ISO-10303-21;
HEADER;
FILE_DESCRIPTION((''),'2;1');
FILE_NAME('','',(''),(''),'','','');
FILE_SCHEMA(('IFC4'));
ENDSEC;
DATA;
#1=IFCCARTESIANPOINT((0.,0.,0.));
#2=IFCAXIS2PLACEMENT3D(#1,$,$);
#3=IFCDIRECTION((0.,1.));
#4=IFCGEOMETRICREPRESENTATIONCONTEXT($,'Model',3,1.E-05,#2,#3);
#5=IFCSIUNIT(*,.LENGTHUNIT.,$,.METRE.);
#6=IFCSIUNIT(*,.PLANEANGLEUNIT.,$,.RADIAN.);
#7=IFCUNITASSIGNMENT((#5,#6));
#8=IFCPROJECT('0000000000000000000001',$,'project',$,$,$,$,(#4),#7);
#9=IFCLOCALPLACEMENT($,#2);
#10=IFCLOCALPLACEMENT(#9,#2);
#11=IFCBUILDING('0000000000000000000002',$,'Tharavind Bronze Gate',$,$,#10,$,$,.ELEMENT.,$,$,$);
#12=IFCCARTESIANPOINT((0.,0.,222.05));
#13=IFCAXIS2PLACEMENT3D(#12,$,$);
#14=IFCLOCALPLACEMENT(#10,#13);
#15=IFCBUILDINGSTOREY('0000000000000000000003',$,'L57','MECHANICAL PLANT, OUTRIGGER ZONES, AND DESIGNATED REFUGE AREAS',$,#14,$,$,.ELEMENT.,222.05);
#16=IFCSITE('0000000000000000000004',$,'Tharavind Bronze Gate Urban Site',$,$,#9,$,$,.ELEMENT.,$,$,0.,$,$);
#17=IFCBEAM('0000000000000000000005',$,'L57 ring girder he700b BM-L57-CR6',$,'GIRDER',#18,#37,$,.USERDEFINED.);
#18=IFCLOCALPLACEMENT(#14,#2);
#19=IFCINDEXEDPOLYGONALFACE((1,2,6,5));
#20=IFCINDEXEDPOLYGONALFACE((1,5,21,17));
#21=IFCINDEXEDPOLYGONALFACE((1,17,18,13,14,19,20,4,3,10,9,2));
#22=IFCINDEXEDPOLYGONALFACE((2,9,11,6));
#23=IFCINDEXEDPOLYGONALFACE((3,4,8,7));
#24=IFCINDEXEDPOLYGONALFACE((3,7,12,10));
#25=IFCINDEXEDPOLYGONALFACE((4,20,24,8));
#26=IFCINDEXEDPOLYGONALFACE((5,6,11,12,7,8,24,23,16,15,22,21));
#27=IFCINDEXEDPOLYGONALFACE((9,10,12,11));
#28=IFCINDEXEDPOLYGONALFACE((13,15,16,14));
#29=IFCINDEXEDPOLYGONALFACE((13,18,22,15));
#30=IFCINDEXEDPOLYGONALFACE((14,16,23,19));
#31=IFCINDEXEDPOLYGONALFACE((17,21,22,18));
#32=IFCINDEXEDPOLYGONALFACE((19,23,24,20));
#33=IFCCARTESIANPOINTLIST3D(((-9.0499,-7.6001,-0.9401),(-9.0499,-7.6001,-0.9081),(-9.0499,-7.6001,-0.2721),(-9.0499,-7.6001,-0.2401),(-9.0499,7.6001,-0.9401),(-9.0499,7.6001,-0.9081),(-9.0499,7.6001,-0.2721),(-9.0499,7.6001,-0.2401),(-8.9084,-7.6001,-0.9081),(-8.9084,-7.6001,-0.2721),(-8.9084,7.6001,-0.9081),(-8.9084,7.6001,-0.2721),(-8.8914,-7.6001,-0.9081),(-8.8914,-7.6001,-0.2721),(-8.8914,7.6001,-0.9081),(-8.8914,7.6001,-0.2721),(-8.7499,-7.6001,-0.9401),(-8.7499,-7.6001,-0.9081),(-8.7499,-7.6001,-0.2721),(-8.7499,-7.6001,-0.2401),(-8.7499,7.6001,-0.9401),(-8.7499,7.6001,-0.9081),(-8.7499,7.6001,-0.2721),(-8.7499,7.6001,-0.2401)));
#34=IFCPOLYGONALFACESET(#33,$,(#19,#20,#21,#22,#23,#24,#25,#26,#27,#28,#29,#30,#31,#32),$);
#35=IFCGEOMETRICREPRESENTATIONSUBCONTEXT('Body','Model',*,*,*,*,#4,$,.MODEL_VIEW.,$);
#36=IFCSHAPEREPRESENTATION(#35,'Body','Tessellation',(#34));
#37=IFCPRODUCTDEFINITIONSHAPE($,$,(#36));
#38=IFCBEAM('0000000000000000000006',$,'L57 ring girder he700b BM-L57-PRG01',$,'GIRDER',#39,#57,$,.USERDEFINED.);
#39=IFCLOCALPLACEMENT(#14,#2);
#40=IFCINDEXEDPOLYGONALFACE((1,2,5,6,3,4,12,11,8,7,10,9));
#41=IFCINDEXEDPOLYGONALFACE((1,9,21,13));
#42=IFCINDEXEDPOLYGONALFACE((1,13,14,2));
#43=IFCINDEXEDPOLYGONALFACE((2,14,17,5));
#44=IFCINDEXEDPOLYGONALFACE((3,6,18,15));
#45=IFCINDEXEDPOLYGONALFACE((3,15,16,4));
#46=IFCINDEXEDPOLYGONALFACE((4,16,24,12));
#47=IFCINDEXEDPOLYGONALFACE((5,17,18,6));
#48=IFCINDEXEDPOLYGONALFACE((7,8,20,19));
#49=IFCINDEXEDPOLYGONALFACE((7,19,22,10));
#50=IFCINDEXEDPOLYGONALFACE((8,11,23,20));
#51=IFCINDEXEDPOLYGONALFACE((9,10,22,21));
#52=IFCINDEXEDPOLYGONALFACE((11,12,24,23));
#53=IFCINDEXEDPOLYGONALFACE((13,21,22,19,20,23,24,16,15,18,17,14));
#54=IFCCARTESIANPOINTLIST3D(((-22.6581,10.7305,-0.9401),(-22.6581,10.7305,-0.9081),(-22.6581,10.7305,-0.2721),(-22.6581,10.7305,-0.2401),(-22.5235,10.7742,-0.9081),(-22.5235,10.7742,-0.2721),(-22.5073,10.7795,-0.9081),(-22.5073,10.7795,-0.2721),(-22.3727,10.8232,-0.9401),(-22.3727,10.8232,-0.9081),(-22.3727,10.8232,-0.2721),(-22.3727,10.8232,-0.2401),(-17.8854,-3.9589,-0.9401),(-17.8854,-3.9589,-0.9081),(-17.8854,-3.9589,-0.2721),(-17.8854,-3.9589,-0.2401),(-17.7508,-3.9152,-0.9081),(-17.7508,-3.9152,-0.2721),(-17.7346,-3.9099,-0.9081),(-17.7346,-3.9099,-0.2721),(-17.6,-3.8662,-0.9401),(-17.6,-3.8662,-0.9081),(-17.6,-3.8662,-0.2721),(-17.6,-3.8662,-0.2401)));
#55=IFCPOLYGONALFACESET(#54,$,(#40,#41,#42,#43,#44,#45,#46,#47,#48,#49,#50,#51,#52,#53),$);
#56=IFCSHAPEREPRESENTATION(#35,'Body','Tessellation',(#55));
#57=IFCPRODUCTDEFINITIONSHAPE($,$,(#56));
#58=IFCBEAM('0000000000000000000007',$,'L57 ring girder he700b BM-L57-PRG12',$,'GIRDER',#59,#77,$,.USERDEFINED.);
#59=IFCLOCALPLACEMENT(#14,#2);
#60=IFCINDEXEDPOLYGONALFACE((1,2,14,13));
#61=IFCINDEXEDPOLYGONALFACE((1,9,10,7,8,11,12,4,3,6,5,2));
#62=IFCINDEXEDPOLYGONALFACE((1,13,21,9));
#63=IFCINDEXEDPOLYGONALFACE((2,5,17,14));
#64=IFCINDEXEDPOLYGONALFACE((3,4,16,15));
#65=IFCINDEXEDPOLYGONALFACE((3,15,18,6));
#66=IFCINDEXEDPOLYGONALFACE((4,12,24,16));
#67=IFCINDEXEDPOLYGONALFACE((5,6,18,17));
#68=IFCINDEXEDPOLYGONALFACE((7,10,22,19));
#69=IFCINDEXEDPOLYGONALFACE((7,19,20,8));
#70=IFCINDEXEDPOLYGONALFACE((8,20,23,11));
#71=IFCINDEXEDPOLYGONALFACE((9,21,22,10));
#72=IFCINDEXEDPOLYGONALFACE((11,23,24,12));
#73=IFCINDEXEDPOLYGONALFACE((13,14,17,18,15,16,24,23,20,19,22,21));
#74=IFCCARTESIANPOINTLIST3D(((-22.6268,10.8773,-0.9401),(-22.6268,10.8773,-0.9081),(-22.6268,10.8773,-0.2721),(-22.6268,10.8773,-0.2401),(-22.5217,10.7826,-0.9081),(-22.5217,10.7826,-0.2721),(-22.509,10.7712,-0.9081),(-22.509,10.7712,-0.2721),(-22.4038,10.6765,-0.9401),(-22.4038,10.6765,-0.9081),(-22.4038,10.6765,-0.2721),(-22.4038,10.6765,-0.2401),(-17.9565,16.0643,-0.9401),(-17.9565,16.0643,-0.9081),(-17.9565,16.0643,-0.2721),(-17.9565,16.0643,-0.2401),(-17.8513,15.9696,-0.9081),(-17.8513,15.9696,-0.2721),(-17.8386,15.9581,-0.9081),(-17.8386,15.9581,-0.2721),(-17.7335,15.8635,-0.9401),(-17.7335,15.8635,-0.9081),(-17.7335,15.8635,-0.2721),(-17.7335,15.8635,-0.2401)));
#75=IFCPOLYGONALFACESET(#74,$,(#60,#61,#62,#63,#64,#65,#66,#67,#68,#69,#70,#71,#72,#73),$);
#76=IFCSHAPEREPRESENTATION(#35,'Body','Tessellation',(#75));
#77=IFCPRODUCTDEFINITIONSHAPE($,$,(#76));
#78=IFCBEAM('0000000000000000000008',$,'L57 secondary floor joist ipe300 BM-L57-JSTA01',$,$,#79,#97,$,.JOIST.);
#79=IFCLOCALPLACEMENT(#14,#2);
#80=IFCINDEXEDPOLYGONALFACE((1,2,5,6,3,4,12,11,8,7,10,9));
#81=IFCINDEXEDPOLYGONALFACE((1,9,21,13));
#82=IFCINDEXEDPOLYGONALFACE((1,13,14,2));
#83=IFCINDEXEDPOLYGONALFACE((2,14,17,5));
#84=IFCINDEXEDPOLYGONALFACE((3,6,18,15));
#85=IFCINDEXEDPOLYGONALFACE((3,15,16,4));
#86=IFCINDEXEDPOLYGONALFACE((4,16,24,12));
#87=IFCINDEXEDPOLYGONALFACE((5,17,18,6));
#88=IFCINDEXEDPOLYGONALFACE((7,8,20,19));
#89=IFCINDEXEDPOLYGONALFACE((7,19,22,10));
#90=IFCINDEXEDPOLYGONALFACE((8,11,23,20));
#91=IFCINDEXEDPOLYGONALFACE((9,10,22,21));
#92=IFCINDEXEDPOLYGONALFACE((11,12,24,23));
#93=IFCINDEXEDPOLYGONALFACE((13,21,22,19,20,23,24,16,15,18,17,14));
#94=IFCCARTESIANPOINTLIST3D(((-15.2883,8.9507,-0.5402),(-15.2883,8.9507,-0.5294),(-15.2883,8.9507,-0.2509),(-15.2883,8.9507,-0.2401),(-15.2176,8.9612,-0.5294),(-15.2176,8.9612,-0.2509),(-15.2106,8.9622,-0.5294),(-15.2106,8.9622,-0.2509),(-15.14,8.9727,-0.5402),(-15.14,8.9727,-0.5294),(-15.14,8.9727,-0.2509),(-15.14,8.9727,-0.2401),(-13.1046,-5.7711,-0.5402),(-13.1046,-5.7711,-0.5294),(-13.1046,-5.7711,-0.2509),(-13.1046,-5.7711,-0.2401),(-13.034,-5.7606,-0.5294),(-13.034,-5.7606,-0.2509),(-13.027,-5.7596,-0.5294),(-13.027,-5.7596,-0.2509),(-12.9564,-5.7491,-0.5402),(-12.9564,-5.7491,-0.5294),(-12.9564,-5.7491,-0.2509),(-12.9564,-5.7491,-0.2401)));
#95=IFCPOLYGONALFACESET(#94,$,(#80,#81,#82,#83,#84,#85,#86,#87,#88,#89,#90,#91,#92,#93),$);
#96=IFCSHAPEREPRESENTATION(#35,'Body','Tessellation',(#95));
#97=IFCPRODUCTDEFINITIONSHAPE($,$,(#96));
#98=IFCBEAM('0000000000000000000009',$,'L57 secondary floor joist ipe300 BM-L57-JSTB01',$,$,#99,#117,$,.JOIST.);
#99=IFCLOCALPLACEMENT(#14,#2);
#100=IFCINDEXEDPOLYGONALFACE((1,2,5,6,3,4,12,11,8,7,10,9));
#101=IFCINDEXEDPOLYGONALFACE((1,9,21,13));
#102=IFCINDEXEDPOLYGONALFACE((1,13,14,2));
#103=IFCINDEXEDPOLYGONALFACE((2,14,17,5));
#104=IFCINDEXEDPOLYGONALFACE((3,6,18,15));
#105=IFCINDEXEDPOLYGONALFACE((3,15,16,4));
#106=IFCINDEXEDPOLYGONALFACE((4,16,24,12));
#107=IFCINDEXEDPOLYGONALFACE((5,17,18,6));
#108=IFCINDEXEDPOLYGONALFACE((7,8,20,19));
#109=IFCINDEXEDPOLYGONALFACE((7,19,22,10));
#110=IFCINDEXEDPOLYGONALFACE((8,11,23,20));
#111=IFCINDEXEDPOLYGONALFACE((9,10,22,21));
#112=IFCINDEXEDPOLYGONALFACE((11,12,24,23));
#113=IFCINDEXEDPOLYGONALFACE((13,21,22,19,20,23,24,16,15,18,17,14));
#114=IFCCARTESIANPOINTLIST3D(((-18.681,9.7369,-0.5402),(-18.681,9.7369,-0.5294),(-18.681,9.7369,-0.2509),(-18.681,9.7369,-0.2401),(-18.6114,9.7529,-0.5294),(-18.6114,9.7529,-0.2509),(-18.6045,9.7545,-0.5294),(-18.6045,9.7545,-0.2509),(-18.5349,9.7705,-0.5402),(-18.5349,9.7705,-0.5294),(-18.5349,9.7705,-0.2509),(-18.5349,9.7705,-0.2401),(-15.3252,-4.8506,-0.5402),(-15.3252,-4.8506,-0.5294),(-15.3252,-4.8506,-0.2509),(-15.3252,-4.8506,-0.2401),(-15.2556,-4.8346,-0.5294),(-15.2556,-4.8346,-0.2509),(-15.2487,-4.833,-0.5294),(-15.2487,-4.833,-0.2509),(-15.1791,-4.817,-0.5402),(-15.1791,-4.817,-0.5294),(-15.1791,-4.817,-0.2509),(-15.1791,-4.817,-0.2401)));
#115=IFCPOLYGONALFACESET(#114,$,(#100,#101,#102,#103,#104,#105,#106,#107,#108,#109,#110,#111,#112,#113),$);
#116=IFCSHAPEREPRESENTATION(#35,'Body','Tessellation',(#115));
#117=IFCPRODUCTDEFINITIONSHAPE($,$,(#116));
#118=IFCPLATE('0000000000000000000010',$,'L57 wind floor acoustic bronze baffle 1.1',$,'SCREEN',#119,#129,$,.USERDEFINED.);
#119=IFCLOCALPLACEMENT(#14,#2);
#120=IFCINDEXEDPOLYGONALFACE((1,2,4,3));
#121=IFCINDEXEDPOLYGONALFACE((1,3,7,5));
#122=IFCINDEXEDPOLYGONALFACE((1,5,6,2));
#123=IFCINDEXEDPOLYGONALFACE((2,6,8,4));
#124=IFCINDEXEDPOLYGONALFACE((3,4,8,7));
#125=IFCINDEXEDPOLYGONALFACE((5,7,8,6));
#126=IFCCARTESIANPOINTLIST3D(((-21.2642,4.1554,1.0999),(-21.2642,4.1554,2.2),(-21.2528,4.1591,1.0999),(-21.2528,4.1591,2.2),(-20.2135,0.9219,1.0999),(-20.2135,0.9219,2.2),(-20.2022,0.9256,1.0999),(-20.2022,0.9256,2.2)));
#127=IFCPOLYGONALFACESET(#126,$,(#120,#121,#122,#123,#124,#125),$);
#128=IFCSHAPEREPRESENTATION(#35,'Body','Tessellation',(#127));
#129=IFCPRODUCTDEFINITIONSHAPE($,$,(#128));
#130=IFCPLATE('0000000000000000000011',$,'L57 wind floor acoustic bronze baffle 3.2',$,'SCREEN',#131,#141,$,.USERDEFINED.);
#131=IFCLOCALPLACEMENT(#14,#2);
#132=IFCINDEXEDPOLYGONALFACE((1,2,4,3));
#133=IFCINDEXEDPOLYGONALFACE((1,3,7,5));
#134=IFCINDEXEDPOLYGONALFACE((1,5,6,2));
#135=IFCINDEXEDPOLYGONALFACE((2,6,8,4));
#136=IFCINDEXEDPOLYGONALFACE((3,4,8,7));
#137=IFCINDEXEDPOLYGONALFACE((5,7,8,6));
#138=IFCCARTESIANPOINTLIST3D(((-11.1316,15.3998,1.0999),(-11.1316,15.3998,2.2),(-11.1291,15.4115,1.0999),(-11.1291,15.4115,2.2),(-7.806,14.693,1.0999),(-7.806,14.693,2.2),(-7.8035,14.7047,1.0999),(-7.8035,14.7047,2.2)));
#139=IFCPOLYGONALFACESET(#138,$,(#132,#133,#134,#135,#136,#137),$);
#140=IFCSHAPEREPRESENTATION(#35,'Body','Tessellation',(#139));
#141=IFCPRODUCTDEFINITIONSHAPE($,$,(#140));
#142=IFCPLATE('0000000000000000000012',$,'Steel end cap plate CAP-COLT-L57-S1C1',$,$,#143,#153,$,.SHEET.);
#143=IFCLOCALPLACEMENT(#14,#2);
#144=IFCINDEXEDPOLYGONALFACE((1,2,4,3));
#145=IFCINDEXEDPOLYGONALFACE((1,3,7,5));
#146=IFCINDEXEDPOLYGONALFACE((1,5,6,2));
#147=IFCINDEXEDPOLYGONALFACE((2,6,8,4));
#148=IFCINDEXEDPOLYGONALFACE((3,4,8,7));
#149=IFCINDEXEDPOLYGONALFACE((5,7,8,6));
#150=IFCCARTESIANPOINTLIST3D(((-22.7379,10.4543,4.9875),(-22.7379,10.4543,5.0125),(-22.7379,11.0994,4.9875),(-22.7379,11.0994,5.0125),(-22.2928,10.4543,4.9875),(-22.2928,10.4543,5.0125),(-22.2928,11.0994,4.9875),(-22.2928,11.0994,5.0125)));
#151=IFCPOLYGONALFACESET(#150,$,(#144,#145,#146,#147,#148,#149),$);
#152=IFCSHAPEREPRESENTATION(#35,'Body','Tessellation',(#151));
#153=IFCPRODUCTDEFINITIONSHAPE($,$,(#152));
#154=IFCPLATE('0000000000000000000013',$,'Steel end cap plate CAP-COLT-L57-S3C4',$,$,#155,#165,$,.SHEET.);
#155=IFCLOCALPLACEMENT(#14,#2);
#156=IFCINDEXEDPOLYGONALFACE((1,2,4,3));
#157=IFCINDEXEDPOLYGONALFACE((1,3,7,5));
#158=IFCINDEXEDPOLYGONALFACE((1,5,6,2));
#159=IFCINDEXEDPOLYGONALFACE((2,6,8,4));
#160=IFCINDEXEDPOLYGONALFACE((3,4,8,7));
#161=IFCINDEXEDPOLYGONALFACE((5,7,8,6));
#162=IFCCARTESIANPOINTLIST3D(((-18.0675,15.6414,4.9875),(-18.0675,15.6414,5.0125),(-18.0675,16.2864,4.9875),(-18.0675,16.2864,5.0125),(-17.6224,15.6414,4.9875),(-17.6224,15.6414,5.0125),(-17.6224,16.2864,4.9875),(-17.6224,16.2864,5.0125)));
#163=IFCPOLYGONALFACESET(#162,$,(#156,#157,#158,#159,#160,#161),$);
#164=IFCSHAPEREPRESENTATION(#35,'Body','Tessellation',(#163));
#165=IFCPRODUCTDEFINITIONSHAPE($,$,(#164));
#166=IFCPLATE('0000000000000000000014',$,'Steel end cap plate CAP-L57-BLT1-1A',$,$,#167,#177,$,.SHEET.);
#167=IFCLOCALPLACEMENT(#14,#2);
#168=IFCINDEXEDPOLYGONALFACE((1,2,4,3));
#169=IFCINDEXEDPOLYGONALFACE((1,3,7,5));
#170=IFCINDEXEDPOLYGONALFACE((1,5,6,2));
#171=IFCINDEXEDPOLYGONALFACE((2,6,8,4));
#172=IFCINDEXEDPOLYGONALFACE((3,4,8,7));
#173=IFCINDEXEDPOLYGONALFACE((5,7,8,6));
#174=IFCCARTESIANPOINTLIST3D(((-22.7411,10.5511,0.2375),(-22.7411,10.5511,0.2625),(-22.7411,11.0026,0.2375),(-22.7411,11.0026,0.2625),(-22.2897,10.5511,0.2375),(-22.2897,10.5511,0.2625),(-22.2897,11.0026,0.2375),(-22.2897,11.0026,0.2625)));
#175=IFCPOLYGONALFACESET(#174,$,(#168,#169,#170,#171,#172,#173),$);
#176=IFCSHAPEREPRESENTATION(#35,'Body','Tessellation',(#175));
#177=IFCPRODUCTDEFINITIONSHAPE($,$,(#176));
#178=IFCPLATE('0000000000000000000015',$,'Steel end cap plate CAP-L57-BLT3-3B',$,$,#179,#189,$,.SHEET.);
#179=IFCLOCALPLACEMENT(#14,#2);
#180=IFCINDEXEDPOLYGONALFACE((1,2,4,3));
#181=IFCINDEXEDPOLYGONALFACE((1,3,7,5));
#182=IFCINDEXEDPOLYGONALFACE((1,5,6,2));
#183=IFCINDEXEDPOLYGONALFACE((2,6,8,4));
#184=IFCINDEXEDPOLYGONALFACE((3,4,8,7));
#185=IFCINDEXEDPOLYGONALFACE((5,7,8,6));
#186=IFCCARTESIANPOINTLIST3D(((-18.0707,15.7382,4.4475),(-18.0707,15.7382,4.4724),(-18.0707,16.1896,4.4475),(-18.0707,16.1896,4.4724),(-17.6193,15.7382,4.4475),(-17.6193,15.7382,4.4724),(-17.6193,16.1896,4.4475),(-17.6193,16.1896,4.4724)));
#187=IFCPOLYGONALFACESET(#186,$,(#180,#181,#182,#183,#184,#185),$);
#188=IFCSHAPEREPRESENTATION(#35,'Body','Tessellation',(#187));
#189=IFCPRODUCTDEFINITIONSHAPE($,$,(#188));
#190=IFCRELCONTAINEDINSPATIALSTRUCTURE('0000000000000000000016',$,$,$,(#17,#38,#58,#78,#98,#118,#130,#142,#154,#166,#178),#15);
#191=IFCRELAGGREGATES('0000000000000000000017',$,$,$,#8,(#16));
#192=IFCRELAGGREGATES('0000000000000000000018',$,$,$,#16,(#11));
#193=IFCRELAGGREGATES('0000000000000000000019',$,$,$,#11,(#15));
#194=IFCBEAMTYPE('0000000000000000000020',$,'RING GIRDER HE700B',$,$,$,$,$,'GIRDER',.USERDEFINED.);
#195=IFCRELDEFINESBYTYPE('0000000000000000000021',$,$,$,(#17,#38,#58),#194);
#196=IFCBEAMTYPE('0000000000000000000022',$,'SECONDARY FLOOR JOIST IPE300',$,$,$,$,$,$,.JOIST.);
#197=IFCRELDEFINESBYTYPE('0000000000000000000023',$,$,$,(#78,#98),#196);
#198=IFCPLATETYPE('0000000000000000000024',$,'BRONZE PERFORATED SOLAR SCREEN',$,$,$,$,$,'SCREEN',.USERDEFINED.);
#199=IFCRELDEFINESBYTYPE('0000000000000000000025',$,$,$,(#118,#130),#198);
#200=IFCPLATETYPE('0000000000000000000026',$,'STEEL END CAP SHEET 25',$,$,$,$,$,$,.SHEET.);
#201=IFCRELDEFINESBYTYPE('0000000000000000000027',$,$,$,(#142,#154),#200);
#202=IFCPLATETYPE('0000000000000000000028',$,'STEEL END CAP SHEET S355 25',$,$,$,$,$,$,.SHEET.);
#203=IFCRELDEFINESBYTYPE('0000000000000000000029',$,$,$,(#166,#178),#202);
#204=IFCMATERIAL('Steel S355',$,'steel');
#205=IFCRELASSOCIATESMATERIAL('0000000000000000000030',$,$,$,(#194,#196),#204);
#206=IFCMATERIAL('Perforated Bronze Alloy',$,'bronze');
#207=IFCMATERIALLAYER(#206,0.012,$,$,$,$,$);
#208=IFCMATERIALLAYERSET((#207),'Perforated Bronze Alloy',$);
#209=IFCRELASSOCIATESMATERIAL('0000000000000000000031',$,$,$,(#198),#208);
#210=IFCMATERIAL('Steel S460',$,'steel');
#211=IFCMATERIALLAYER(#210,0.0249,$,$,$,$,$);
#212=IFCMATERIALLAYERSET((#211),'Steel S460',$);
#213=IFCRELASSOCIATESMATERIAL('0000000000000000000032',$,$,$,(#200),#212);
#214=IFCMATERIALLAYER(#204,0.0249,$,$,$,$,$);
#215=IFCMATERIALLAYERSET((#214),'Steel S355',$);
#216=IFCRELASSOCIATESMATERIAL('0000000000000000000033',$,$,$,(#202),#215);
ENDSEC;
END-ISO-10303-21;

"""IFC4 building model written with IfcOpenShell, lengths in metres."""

from ifc_helpers import new_model, si_unit, direction, frame, origin, origin_2d, place, context, subcontext, project, spatial, rectangle, i_section, extrude, material, layer, layer_set, material_profile, profile_set, type_object, element, save


model = new_model("IFC4")

# Units and contexts
model_context = context("Model", 3, precision=1e-05, world=origin(), true_north=direction((0.0, 1.0)))
body_context = subcontext(model_context, "Body", "Model", "MODEL_VIEW")
ifc_project = project(units=[si_unit("LENGTHUNIT", "METRE"), si_unit("PLANEANGLEUNIT", "RADIAN")], contexts=[model_context])

# Site, building, storey
site_placement = place(None, origin())
site = spatial("IfcSite", under=ifc_project, at=site_placement, Name="Tharavind Bronze Gate Urban Site", CompositionType="ELEMENT", RefElevation=0.0)
building_placement = place(site_placement, origin())
building = spatial("IfcBuilding", under=site, at=building_placement, Name="Tharavind Bronze Gate", CompositionType="ELEMENT")
storey_placement = place(building_placement, frame((0.0, 0.0, 222.05)))
storey = spatial("IfcBuildingStorey", under=building, at=storey_placement, Name="L57", Description="MECHANICAL PLANT, OUTRIGGER ZONES, AND DESIGNATED REFUGE AREAS", CompositionType="ELEMENT", Elevation=222.05)

# Shared definitions
ifc_material_1 = material(Name="Steel S460", Category="steel")

# Beams
ifc_material_2 = material(Name="Steel S355", Category="steel")
ifc_material_profile_1 = material_profile(ifc_material_2, i_section(OverallWidth=0.3, OverallDepth=0.7, WebThickness=0.0171, FlangeThickness=0.032, at=origin_2d()), Name="HE700B")
ifc_profile_set_1 = profile_set([ifc_material_profile_1], Name="Steel S355")
beam_type_1 = type_object("IfcBeamType", Name="RING GIRDER HE700B", ElementType="GIRDER", PredefinedType="USERDEFINED", material=ifc_profile_set_1)
beam_1_placement = place(storey_placement, frame((-8.8999, 7.6001, -0.5901), z_axis=(0.0, -1.0, 0.0), x_axis=(1.0, 0.0, 0.0)))
element("IfcBeam", 1, at=beam_1_placement, inside=storey, type_object=beam_type_1, Name="L57 ring girder he700b BM-L57-CR6", ObjectType="GIRDER", PredefinedType="USERDEFINED", context=body_context, shape_type="SweptSolid", body=[
    extrude(i_section(OverallWidth=0.3, OverallDepth=0.7, WebThickness=0.0171, FlangeThickness=0.032, at=origin_2d()), origin(), (0.0, 0.0, 1.0), 15.2002),
])
beam_2_placement = place(storey_placement, frame((-22.5154, 10.7769, -0.5901), z_axis=(0.309006, -0.95106, 0.0), x_axis=(0.95106, 0.309006, 0.0)))
element("IfcBeam", 2, at=beam_2_placement, inside=storey, type_object=beam_type_1, Name="L57 ring girder he700b BM-L57-PRG01", ObjectType="GIRDER", PredefinedType="USERDEFINED", context=body_context, shape_type="SweptSolid", body=[
    extrude(i_section(OverallWidth=0.3, OverallDepth=0.7, WebThickness=0.0171, FlangeThickness=0.032, at=origin_2d()), origin(), (0.0, 0.0, 1.0), 15.4453),
])
beam_3_placement = place(storey_placement, frame((-17.845, 15.9639, -0.5901), z_axis=(-0.669131, -0.743145, 0.0), x_axis=(0.743145, -0.669131, 0.0)))
element("IfcBeam", 3, at=beam_3_placement, inside=storey, type_object=beam_type_1, Name="L57 ring girder he700b BM-L57-PRG12", ObjectType="GIRDER", PredefinedType="USERDEFINED", context=body_context, shape_type="SweptSolid", body=[
    extrude(i_section(OverallWidth=0.3, OverallDepth=0.7, WebThickness=0.0171, FlangeThickness=0.032, at=origin_2d()), origin(), (0.0, 0.0, 1.0), 6.9797),
])
ifc_material_profile_2 = material_profile(ifc_material_2, i_section(OverallWidth=0.1499, OverallDepth=0.3, WebThickness=0.0071, FlangeThickness=0.0107, at=origin_2d()), Name="IPE300")
ifc_profile_set_2 = profile_set([ifc_material_profile_2], Name="Steel S355")
beam_type_2 = type_object("IfcBeamType", Name="SECONDARY FLOOR JOIST IPE300", PredefinedType="JOIST", material=ifc_profile_set_2)
beam_4_placement = place(storey_placement, frame((-15.2141, 8.9617, -0.3901), z_axis=(0.14672, -0.989178, 0.0), x_axis=(0.989178, 0.14672, 0.0)))
element("IfcBeam", 4, at=beam_4_placement, inside=storey, type_object=beam_type_2, Name="L57 secondary floor joist ipe300 BM-L57-JSTA01", PredefinedType="JOIST", context=body_context, shape_type="SweptSolid", body=[
    extrude(i_section(OverallWidth=0.1499, OverallDepth=0.3, WebThickness=0.0071, FlangeThickness=0.0107, at=origin_2d()), origin(), (0.0, 0.0, 1.0), 14.8828),
])
beam_5_placement = place(storey_placement, frame((-18.6079, 9.7537, -0.3901), z_axis=(0.224186, -0.974546, 0.0), x_axis=(0.974546, 0.224186, 0.0)))
element("IfcBeam", 5, at=beam_5_placement, inside=storey, type_object=beam_type_2, Name="L57 secondary floor joist ipe300 BM-L57-JSTB01", PredefinedType="JOIST", context=body_context, shape_type="SweptSolid", body=[
    extrude(i_section(OverallWidth=0.1499, OverallDepth=0.3, WebThickness=0.0071, FlangeThickness=0.0107, at=origin_2d()), origin(), (0.0, 0.0, 1.0), 14.9685),
])

# Plates
ifc_material_3 = material(Name="Perforated Bronze Alloy", Category="bronze")
ifc_layer_1 = layer(ifc_material_3, 0.012)
ifc_layer_set_1 = layer_set([ifc_layer_1], Name="Perforated Bronze Alloy")
plate_type_1 = type_object("IfcPlateType", Name="BRONZE PERFORATED SOLAR SCREEN", ElementType="SCREEN", PredefinedType="USERDEFINED", material=ifc_layer_set_1)
for number, where, z_axis, x_axis, name in (
    (6, (-20.7332, 2.5405, 1.0999), (0.0, 0.0, 1.0), (0.309017, -0.951057, 0.0), "L57 wind floor acoustic bronze baffle 1.1"),
    (7, (-9.4675, 15.0522, 1.0999), (0.0, 0.0, 1.0), (-0.978148, 0.207912, 0.0), "L57 wind floor acoustic bronze baffle 3.2"),
):
    element("IfcPlate", number, at=place(storey_placement, frame(where, z_axis=z_axis, x_axis=x_axis)), inside=storey, type_object=plate_type_1, Name=name, ObjectType="SCREEN", PredefinedType="USERDEFINED", context=body_context, shape_type="SweptSolid", body=[
        extrude(rectangle(XDim=3.3999, YDim=0.012, at=origin_2d()), origin(), (0.0, 0.0, 1.0), 1.1001),
    ])
ifc_layer_2 = layer(ifc_material_1, 0.0249)
ifc_layer_set_2 = layer_set([ifc_layer_2], Name="Steel S460")
plate_type_2 = type_object("IfcPlateType", Name="STEEL END CAP SHEET 25", PredefinedType="SHEET", material=ifc_layer_set_2)
for number, where, z_axis, x_axis, name in (
    (8, (-22.5154, 10.7769, 4.9875), (0.0, 0.0, 1.0), (1.0, 0.0, 0.0), "Steel end cap plate CAP-COLT-L57-S1C1"),
    (9, (-17.845, 15.9639, 4.9875), (0.0, 0.0, 1.0), (1.0, 0.0, 0.0), "Steel end cap plate CAP-COLT-L57-S3C4"),
):
    element("IfcPlate", number, at=place(storey_placement, frame(where, z_axis=z_axis, x_axis=x_axis)), inside=storey, type_object=plate_type_2, Name=name, PredefinedType="SHEET", context=body_context, shape_type="SweptSolid", body=[
        extrude(rectangle(XDim=0.4451, YDim=0.645, at=origin_2d()), origin(), (0.0, 0.0, 1.0), 0.0249),
    ])
ifc_layer_3 = layer(ifc_material_2, 0.0249)
ifc_layer_set_3 = layer_set([ifc_layer_3], Name="Steel S355")
plate_type_3 = type_object("IfcPlateType", Name="STEEL END CAP SHEET S355 25", PredefinedType="SHEET", material=ifc_layer_set_3)
for number, where, z_axis, x_axis, name in (
    (10, (-22.5154, 10.7769, 0.2375), (0.0, 0.0, 1.0), (1.0, 0.0, 0.0), "Steel end cap plate CAP-L57-BLT1-1A"),
    (11, (-17.845, 15.9639, 4.4475), (0.0, 0.0, 1.0), (1.0, 0.0, 0.0), "Steel end cap plate CAP-L57-BLT3-3B"),
):
    element("IfcPlate", number, at=place(storey_placement, frame(where, z_axis=z_axis, x_axis=x_axis)), inside=storey, type_object=plate_type_3, Name=name, PredefinedType="SHEET", context=body_context, shape_type="SweptSolid", body=[
        extrude(rectangle(XDim=0.4514, YDim=0.4514, at=origin_2d()), origin(), (0.0, 0.0, 1.0), 0.0249),
    ])

save(model, "model.ifc")
